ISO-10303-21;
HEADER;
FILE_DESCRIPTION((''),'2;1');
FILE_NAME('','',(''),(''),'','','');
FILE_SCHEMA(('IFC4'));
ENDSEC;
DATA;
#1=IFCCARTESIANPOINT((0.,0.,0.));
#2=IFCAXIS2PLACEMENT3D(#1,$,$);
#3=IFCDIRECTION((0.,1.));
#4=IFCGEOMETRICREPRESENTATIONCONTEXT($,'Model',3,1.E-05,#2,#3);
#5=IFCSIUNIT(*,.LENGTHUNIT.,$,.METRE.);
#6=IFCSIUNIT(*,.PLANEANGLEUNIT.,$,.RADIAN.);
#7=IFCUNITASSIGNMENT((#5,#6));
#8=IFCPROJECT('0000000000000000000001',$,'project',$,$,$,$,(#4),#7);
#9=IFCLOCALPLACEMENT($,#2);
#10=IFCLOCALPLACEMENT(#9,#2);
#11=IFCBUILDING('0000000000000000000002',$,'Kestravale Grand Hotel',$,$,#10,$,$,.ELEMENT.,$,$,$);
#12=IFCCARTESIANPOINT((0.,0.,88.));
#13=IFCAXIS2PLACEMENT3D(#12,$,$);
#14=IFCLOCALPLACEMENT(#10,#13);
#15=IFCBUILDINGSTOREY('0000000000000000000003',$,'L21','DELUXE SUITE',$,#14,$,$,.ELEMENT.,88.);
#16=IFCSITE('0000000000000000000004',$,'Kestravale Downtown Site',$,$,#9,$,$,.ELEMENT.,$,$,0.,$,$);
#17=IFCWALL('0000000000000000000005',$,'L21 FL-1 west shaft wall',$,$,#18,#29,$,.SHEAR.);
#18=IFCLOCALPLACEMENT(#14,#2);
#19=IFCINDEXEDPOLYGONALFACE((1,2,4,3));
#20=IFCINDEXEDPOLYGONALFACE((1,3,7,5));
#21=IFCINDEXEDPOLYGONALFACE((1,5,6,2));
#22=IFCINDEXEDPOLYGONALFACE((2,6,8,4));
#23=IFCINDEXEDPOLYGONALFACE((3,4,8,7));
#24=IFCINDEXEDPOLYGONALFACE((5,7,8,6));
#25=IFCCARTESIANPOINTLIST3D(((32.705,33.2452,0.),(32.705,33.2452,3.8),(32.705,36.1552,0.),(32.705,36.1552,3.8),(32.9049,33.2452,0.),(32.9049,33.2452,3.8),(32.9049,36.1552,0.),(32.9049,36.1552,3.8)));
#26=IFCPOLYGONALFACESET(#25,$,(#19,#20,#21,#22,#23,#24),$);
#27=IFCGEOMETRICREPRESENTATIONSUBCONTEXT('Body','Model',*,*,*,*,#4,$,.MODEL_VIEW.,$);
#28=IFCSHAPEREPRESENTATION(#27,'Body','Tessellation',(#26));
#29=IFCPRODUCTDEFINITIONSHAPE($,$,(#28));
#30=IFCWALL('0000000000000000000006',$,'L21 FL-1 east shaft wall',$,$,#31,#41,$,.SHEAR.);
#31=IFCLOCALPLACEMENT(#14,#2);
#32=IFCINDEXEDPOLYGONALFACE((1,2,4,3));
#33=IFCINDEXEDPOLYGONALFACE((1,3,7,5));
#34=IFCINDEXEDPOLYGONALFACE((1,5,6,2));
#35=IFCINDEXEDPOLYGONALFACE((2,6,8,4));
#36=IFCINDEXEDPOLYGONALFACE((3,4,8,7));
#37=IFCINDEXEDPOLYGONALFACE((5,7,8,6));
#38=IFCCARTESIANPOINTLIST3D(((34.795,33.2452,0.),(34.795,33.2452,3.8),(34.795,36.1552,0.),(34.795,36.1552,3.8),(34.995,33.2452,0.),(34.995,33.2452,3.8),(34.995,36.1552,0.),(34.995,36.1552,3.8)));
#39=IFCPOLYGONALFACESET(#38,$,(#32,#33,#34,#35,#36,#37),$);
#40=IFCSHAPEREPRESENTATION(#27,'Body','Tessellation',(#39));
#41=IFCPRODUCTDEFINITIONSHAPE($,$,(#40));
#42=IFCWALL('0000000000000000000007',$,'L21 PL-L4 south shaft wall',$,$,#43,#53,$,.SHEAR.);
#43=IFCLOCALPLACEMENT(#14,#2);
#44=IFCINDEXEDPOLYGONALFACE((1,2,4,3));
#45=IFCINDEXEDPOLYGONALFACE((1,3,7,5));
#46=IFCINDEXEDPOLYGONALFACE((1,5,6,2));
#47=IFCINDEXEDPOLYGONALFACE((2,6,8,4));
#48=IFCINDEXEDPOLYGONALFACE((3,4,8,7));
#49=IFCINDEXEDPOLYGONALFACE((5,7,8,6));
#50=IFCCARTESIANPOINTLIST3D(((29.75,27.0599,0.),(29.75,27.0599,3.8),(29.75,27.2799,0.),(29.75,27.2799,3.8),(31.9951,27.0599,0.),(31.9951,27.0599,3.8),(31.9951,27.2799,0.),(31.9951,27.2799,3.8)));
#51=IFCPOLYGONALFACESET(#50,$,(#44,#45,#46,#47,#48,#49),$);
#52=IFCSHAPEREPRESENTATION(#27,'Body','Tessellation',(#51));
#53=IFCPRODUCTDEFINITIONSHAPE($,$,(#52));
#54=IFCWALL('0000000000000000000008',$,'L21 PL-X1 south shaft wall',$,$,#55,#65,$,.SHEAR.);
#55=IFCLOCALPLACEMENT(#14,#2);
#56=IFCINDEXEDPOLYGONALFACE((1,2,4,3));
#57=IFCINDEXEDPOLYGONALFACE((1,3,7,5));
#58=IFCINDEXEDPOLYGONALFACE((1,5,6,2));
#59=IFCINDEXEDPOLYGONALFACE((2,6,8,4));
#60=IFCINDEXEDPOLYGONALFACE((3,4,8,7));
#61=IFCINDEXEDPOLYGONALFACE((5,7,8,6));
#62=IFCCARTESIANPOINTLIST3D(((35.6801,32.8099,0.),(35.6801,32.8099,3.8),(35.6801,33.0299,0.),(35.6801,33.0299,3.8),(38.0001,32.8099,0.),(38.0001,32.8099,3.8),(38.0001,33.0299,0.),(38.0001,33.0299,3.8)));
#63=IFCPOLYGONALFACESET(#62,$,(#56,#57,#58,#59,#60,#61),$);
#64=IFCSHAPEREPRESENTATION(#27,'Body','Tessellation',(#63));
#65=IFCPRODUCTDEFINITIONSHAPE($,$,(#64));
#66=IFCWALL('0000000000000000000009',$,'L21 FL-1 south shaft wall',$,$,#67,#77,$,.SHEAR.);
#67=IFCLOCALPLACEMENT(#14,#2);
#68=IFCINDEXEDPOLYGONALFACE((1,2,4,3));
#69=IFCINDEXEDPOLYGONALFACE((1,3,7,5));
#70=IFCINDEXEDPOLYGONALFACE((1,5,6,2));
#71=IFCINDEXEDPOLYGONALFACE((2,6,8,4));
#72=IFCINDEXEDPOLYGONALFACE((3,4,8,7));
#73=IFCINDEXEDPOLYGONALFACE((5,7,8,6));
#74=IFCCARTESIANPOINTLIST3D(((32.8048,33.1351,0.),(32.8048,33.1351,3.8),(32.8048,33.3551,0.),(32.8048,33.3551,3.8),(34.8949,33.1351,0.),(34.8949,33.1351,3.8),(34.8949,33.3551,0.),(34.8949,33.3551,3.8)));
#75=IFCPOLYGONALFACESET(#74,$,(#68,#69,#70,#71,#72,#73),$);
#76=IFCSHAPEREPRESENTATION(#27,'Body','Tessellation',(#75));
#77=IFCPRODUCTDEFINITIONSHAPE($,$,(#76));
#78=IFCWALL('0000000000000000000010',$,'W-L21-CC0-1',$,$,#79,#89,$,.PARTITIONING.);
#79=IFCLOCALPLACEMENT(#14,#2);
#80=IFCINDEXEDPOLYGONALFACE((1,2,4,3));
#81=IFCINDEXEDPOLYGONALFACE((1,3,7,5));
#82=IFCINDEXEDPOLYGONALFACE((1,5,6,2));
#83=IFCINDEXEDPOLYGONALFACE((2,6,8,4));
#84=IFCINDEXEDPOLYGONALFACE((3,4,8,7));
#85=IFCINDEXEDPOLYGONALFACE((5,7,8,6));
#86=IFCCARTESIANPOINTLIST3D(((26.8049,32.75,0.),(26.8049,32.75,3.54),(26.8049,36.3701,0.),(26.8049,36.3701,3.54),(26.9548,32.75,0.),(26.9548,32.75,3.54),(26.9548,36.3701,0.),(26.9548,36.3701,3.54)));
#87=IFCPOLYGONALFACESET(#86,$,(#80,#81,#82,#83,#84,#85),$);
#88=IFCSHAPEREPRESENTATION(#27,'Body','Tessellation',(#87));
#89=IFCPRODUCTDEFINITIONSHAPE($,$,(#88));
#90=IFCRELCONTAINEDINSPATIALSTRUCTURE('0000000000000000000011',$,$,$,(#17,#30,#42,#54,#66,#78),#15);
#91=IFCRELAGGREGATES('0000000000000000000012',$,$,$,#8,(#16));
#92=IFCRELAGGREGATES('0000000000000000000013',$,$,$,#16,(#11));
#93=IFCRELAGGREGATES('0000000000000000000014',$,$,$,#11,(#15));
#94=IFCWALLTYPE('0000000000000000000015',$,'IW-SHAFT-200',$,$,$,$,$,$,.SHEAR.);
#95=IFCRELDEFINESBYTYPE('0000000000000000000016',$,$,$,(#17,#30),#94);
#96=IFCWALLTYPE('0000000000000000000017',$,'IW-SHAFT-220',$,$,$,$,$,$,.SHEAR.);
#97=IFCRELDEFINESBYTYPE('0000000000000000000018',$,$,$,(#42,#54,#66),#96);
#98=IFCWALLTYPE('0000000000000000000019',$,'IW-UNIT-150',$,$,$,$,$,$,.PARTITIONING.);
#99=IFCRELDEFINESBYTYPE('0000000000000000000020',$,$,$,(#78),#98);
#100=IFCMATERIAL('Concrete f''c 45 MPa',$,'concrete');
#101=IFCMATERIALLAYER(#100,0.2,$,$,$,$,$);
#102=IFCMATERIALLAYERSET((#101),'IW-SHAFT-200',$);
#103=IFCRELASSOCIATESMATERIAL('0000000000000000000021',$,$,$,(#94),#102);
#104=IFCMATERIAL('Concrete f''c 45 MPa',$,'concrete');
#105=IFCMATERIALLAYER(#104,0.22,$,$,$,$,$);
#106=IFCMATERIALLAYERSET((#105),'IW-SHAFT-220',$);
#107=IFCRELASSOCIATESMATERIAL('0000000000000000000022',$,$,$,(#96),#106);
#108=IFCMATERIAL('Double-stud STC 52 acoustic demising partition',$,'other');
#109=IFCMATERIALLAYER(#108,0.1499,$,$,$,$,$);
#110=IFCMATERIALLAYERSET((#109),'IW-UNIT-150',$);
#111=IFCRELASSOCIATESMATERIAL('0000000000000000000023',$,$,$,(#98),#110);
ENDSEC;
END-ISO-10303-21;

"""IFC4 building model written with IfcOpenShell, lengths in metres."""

from ifc_helpers import new_model, si_unit, direction, frame, frame_2d, origin, place, context, subcontext, project, spatial, rectangle, extrude, material, layer, layer_set, type_object, element, save


model = new_model("IFC4")

# Units and contexts
model_context = context("Model", 3, precision=1e-05, world=origin(), true_north=direction((0.0, 1.0)))
body_context = subcontext(model_context, "Body", "Model", "MODEL_VIEW")
ifc_project = project(units=[si_unit("LENGTHUNIT", "METRE"), si_unit("PLANEANGLEUNIT", "RADIAN")], contexts=[model_context])

# Site, building, storey
site_placement = place(None, origin())
site = spatial("IfcSite", under=ifc_project, at=site_placement, Name="Kestravale Downtown Site", CompositionType="ELEMENT", RefElevation=0.0)
building_placement = place(site_placement, origin())
building = spatial("IfcBuilding", under=site, at=building_placement, Name="Kestravale Grand Hotel", CompositionType="ELEMENT")
storey_placement = place(building_placement, frame((0.0, 0.0, 88.0)))
storey = spatial("IfcBuildingStorey", under=building, at=storey_placement, Name="L21", Description="DELUXE SUITE", CompositionType="ELEMENT", Elevation=88.0)

# Walls
ifc_material_1 = material(Name="Concrete f'c 45 MPa", Category="concrete")
ifc_layer_1 = layer(ifc_material_1, 0.2)
ifc_layer_set_1 = layer_set([ifc_layer_1], Name="IW-SHAFT-200")
wall_type_1 = type_object("IfcWallType", Name="IW-SHAFT-200", PredefinedType="SHEAR", material=ifc_layer_set_1)
for number, where, z_axis, x_axis, name in (
    (1, (32.8049, 33.2451, 0.0), (0.0, 0.0, 1.0), (0.0, 1.0, 0.0), "L21 FL-1 west shaft wall"),
    (2, (34.895, 33.2451, 0.0), (0.0, 0.0, 1.0), (0.0, 1.0, 0.0), "L21 FL-1 east shaft wall"),
):
    element("IfcWall", number, at=place(storey_placement, frame(where, z_axis=z_axis, x_axis=x_axis)), inside=storey, type_object=wall_type_1, Name=name, PredefinedType="SHEAR", context=body_context, shape_type="SweptSolid", body=[
        extrude(rectangle(XDim=2.9099, YDim=0.2, at=frame_2d((1.4551, 0.0))), origin(), (0.0, 0.0, 1.0), 3.8),
    ])

# Shared definitions
ifc_material_2 = material(Name="Concrete f'c 45 MPa", Category="concrete")
ifc_layer_2 = layer(ifc_material_2, 0.22)
ifc_layer_set_2 = layer_set([ifc_layer_2], Name="IW-SHAFT-220")
wall_type_2 = type_object("IfcWallType", Name="IW-SHAFT-220", PredefinedType="SHEAR", material=ifc_layer_set_2)

# Walls
wall_1_placement = place(storey_placement, frame((29.75, 27.1699, 0.0), z_axis=(0.0, 0.0, 1.0), x_axis=(1.0, 0.0, 0.0)))
element("IfcWall", 3, at=wall_1_placement, inside=storey, type_object=wall_type_2, Name="L21 PL-L4 south shaft wall", PredefinedType="SHEAR", context=body_context, shape_type="SweptSolid", body=[
    extrude(rectangle(XDim=2.2451, YDim=0.22, at=frame_2d((1.1226, 0.0))), origin(), (0.0, 0.0, 1.0), 3.8),
])
wall_2_placement = place(storey_placement, frame((35.6799, 32.9199, 0.0), z_axis=(0.0, 0.0, 1.0), x_axis=(1.0, 0.0, 0.0)))
element("IfcWall", 4, at=wall_2_placement, inside=storey, type_object=wall_type_2, Name="L21 PL-X1 south shaft wall", PredefinedType="SHEAR", context=body_context, shape_type="SweptSolid", body=[
    extrude(rectangle(XDim=2.3201, YDim=0.22, at=frame_2d((1.1602, 0.0))), origin(), (0.0, 0.0, 1.0), 3.8),
])
wall_3_placement = place(storey_placement, frame((32.8049, 33.2451, 0.0), z_axis=(0.0, 0.0, 1.0), x_axis=(1.0, 0.0, 0.0)))
element("IfcWall", 5, at=wall_3_placement, inside=storey, type_object=wall_type_2, Name="L21 FL-1 south shaft wall", PredefinedType="SHEAR", context=body_context, shape_type="SweptSolid", body=[
    extrude(rectangle(XDim=2.0901, YDim=0.22, at=frame_2d((1.0449, 0.0))), origin(), (0.0, 0.0, 1.0), 3.8),
])
ifc_material_3 = material(Name="Double-stud STC 52 acoustic demising partition", Category="other")
ifc_layer_3 = layer(ifc_material_3, 0.1499)
ifc_layer_set_3 = layer_set([ifc_layer_3], Name="IW-UNIT-150")
wall_type_3 = type_object("IfcWallType", Name="IW-UNIT-150", PredefinedType="PARTITIONING", material=ifc_layer_set_3)
wall_4_placement = place(storey_placement, frame((26.8799, 32.75, 0.0), z_axis=(0.0, 0.0, 1.0), x_axis=(0.0, 1.0, 0.0)))
element("IfcWall", 6, at=wall_4_placement, inside=storey, type_object=wall_type_3, Name="W-L21-CC0-1", PredefinedType="PARTITIONING", context=body_context, shape_type="SweptSolid", body=[
    extrude(rectangle(XDim=3.6201, YDim=0.1499, at=frame_2d((1.8101, 0.0))), origin(), (0.0, 0.0, 1.0), 3.54),
])

save(model, "model.ifc")
